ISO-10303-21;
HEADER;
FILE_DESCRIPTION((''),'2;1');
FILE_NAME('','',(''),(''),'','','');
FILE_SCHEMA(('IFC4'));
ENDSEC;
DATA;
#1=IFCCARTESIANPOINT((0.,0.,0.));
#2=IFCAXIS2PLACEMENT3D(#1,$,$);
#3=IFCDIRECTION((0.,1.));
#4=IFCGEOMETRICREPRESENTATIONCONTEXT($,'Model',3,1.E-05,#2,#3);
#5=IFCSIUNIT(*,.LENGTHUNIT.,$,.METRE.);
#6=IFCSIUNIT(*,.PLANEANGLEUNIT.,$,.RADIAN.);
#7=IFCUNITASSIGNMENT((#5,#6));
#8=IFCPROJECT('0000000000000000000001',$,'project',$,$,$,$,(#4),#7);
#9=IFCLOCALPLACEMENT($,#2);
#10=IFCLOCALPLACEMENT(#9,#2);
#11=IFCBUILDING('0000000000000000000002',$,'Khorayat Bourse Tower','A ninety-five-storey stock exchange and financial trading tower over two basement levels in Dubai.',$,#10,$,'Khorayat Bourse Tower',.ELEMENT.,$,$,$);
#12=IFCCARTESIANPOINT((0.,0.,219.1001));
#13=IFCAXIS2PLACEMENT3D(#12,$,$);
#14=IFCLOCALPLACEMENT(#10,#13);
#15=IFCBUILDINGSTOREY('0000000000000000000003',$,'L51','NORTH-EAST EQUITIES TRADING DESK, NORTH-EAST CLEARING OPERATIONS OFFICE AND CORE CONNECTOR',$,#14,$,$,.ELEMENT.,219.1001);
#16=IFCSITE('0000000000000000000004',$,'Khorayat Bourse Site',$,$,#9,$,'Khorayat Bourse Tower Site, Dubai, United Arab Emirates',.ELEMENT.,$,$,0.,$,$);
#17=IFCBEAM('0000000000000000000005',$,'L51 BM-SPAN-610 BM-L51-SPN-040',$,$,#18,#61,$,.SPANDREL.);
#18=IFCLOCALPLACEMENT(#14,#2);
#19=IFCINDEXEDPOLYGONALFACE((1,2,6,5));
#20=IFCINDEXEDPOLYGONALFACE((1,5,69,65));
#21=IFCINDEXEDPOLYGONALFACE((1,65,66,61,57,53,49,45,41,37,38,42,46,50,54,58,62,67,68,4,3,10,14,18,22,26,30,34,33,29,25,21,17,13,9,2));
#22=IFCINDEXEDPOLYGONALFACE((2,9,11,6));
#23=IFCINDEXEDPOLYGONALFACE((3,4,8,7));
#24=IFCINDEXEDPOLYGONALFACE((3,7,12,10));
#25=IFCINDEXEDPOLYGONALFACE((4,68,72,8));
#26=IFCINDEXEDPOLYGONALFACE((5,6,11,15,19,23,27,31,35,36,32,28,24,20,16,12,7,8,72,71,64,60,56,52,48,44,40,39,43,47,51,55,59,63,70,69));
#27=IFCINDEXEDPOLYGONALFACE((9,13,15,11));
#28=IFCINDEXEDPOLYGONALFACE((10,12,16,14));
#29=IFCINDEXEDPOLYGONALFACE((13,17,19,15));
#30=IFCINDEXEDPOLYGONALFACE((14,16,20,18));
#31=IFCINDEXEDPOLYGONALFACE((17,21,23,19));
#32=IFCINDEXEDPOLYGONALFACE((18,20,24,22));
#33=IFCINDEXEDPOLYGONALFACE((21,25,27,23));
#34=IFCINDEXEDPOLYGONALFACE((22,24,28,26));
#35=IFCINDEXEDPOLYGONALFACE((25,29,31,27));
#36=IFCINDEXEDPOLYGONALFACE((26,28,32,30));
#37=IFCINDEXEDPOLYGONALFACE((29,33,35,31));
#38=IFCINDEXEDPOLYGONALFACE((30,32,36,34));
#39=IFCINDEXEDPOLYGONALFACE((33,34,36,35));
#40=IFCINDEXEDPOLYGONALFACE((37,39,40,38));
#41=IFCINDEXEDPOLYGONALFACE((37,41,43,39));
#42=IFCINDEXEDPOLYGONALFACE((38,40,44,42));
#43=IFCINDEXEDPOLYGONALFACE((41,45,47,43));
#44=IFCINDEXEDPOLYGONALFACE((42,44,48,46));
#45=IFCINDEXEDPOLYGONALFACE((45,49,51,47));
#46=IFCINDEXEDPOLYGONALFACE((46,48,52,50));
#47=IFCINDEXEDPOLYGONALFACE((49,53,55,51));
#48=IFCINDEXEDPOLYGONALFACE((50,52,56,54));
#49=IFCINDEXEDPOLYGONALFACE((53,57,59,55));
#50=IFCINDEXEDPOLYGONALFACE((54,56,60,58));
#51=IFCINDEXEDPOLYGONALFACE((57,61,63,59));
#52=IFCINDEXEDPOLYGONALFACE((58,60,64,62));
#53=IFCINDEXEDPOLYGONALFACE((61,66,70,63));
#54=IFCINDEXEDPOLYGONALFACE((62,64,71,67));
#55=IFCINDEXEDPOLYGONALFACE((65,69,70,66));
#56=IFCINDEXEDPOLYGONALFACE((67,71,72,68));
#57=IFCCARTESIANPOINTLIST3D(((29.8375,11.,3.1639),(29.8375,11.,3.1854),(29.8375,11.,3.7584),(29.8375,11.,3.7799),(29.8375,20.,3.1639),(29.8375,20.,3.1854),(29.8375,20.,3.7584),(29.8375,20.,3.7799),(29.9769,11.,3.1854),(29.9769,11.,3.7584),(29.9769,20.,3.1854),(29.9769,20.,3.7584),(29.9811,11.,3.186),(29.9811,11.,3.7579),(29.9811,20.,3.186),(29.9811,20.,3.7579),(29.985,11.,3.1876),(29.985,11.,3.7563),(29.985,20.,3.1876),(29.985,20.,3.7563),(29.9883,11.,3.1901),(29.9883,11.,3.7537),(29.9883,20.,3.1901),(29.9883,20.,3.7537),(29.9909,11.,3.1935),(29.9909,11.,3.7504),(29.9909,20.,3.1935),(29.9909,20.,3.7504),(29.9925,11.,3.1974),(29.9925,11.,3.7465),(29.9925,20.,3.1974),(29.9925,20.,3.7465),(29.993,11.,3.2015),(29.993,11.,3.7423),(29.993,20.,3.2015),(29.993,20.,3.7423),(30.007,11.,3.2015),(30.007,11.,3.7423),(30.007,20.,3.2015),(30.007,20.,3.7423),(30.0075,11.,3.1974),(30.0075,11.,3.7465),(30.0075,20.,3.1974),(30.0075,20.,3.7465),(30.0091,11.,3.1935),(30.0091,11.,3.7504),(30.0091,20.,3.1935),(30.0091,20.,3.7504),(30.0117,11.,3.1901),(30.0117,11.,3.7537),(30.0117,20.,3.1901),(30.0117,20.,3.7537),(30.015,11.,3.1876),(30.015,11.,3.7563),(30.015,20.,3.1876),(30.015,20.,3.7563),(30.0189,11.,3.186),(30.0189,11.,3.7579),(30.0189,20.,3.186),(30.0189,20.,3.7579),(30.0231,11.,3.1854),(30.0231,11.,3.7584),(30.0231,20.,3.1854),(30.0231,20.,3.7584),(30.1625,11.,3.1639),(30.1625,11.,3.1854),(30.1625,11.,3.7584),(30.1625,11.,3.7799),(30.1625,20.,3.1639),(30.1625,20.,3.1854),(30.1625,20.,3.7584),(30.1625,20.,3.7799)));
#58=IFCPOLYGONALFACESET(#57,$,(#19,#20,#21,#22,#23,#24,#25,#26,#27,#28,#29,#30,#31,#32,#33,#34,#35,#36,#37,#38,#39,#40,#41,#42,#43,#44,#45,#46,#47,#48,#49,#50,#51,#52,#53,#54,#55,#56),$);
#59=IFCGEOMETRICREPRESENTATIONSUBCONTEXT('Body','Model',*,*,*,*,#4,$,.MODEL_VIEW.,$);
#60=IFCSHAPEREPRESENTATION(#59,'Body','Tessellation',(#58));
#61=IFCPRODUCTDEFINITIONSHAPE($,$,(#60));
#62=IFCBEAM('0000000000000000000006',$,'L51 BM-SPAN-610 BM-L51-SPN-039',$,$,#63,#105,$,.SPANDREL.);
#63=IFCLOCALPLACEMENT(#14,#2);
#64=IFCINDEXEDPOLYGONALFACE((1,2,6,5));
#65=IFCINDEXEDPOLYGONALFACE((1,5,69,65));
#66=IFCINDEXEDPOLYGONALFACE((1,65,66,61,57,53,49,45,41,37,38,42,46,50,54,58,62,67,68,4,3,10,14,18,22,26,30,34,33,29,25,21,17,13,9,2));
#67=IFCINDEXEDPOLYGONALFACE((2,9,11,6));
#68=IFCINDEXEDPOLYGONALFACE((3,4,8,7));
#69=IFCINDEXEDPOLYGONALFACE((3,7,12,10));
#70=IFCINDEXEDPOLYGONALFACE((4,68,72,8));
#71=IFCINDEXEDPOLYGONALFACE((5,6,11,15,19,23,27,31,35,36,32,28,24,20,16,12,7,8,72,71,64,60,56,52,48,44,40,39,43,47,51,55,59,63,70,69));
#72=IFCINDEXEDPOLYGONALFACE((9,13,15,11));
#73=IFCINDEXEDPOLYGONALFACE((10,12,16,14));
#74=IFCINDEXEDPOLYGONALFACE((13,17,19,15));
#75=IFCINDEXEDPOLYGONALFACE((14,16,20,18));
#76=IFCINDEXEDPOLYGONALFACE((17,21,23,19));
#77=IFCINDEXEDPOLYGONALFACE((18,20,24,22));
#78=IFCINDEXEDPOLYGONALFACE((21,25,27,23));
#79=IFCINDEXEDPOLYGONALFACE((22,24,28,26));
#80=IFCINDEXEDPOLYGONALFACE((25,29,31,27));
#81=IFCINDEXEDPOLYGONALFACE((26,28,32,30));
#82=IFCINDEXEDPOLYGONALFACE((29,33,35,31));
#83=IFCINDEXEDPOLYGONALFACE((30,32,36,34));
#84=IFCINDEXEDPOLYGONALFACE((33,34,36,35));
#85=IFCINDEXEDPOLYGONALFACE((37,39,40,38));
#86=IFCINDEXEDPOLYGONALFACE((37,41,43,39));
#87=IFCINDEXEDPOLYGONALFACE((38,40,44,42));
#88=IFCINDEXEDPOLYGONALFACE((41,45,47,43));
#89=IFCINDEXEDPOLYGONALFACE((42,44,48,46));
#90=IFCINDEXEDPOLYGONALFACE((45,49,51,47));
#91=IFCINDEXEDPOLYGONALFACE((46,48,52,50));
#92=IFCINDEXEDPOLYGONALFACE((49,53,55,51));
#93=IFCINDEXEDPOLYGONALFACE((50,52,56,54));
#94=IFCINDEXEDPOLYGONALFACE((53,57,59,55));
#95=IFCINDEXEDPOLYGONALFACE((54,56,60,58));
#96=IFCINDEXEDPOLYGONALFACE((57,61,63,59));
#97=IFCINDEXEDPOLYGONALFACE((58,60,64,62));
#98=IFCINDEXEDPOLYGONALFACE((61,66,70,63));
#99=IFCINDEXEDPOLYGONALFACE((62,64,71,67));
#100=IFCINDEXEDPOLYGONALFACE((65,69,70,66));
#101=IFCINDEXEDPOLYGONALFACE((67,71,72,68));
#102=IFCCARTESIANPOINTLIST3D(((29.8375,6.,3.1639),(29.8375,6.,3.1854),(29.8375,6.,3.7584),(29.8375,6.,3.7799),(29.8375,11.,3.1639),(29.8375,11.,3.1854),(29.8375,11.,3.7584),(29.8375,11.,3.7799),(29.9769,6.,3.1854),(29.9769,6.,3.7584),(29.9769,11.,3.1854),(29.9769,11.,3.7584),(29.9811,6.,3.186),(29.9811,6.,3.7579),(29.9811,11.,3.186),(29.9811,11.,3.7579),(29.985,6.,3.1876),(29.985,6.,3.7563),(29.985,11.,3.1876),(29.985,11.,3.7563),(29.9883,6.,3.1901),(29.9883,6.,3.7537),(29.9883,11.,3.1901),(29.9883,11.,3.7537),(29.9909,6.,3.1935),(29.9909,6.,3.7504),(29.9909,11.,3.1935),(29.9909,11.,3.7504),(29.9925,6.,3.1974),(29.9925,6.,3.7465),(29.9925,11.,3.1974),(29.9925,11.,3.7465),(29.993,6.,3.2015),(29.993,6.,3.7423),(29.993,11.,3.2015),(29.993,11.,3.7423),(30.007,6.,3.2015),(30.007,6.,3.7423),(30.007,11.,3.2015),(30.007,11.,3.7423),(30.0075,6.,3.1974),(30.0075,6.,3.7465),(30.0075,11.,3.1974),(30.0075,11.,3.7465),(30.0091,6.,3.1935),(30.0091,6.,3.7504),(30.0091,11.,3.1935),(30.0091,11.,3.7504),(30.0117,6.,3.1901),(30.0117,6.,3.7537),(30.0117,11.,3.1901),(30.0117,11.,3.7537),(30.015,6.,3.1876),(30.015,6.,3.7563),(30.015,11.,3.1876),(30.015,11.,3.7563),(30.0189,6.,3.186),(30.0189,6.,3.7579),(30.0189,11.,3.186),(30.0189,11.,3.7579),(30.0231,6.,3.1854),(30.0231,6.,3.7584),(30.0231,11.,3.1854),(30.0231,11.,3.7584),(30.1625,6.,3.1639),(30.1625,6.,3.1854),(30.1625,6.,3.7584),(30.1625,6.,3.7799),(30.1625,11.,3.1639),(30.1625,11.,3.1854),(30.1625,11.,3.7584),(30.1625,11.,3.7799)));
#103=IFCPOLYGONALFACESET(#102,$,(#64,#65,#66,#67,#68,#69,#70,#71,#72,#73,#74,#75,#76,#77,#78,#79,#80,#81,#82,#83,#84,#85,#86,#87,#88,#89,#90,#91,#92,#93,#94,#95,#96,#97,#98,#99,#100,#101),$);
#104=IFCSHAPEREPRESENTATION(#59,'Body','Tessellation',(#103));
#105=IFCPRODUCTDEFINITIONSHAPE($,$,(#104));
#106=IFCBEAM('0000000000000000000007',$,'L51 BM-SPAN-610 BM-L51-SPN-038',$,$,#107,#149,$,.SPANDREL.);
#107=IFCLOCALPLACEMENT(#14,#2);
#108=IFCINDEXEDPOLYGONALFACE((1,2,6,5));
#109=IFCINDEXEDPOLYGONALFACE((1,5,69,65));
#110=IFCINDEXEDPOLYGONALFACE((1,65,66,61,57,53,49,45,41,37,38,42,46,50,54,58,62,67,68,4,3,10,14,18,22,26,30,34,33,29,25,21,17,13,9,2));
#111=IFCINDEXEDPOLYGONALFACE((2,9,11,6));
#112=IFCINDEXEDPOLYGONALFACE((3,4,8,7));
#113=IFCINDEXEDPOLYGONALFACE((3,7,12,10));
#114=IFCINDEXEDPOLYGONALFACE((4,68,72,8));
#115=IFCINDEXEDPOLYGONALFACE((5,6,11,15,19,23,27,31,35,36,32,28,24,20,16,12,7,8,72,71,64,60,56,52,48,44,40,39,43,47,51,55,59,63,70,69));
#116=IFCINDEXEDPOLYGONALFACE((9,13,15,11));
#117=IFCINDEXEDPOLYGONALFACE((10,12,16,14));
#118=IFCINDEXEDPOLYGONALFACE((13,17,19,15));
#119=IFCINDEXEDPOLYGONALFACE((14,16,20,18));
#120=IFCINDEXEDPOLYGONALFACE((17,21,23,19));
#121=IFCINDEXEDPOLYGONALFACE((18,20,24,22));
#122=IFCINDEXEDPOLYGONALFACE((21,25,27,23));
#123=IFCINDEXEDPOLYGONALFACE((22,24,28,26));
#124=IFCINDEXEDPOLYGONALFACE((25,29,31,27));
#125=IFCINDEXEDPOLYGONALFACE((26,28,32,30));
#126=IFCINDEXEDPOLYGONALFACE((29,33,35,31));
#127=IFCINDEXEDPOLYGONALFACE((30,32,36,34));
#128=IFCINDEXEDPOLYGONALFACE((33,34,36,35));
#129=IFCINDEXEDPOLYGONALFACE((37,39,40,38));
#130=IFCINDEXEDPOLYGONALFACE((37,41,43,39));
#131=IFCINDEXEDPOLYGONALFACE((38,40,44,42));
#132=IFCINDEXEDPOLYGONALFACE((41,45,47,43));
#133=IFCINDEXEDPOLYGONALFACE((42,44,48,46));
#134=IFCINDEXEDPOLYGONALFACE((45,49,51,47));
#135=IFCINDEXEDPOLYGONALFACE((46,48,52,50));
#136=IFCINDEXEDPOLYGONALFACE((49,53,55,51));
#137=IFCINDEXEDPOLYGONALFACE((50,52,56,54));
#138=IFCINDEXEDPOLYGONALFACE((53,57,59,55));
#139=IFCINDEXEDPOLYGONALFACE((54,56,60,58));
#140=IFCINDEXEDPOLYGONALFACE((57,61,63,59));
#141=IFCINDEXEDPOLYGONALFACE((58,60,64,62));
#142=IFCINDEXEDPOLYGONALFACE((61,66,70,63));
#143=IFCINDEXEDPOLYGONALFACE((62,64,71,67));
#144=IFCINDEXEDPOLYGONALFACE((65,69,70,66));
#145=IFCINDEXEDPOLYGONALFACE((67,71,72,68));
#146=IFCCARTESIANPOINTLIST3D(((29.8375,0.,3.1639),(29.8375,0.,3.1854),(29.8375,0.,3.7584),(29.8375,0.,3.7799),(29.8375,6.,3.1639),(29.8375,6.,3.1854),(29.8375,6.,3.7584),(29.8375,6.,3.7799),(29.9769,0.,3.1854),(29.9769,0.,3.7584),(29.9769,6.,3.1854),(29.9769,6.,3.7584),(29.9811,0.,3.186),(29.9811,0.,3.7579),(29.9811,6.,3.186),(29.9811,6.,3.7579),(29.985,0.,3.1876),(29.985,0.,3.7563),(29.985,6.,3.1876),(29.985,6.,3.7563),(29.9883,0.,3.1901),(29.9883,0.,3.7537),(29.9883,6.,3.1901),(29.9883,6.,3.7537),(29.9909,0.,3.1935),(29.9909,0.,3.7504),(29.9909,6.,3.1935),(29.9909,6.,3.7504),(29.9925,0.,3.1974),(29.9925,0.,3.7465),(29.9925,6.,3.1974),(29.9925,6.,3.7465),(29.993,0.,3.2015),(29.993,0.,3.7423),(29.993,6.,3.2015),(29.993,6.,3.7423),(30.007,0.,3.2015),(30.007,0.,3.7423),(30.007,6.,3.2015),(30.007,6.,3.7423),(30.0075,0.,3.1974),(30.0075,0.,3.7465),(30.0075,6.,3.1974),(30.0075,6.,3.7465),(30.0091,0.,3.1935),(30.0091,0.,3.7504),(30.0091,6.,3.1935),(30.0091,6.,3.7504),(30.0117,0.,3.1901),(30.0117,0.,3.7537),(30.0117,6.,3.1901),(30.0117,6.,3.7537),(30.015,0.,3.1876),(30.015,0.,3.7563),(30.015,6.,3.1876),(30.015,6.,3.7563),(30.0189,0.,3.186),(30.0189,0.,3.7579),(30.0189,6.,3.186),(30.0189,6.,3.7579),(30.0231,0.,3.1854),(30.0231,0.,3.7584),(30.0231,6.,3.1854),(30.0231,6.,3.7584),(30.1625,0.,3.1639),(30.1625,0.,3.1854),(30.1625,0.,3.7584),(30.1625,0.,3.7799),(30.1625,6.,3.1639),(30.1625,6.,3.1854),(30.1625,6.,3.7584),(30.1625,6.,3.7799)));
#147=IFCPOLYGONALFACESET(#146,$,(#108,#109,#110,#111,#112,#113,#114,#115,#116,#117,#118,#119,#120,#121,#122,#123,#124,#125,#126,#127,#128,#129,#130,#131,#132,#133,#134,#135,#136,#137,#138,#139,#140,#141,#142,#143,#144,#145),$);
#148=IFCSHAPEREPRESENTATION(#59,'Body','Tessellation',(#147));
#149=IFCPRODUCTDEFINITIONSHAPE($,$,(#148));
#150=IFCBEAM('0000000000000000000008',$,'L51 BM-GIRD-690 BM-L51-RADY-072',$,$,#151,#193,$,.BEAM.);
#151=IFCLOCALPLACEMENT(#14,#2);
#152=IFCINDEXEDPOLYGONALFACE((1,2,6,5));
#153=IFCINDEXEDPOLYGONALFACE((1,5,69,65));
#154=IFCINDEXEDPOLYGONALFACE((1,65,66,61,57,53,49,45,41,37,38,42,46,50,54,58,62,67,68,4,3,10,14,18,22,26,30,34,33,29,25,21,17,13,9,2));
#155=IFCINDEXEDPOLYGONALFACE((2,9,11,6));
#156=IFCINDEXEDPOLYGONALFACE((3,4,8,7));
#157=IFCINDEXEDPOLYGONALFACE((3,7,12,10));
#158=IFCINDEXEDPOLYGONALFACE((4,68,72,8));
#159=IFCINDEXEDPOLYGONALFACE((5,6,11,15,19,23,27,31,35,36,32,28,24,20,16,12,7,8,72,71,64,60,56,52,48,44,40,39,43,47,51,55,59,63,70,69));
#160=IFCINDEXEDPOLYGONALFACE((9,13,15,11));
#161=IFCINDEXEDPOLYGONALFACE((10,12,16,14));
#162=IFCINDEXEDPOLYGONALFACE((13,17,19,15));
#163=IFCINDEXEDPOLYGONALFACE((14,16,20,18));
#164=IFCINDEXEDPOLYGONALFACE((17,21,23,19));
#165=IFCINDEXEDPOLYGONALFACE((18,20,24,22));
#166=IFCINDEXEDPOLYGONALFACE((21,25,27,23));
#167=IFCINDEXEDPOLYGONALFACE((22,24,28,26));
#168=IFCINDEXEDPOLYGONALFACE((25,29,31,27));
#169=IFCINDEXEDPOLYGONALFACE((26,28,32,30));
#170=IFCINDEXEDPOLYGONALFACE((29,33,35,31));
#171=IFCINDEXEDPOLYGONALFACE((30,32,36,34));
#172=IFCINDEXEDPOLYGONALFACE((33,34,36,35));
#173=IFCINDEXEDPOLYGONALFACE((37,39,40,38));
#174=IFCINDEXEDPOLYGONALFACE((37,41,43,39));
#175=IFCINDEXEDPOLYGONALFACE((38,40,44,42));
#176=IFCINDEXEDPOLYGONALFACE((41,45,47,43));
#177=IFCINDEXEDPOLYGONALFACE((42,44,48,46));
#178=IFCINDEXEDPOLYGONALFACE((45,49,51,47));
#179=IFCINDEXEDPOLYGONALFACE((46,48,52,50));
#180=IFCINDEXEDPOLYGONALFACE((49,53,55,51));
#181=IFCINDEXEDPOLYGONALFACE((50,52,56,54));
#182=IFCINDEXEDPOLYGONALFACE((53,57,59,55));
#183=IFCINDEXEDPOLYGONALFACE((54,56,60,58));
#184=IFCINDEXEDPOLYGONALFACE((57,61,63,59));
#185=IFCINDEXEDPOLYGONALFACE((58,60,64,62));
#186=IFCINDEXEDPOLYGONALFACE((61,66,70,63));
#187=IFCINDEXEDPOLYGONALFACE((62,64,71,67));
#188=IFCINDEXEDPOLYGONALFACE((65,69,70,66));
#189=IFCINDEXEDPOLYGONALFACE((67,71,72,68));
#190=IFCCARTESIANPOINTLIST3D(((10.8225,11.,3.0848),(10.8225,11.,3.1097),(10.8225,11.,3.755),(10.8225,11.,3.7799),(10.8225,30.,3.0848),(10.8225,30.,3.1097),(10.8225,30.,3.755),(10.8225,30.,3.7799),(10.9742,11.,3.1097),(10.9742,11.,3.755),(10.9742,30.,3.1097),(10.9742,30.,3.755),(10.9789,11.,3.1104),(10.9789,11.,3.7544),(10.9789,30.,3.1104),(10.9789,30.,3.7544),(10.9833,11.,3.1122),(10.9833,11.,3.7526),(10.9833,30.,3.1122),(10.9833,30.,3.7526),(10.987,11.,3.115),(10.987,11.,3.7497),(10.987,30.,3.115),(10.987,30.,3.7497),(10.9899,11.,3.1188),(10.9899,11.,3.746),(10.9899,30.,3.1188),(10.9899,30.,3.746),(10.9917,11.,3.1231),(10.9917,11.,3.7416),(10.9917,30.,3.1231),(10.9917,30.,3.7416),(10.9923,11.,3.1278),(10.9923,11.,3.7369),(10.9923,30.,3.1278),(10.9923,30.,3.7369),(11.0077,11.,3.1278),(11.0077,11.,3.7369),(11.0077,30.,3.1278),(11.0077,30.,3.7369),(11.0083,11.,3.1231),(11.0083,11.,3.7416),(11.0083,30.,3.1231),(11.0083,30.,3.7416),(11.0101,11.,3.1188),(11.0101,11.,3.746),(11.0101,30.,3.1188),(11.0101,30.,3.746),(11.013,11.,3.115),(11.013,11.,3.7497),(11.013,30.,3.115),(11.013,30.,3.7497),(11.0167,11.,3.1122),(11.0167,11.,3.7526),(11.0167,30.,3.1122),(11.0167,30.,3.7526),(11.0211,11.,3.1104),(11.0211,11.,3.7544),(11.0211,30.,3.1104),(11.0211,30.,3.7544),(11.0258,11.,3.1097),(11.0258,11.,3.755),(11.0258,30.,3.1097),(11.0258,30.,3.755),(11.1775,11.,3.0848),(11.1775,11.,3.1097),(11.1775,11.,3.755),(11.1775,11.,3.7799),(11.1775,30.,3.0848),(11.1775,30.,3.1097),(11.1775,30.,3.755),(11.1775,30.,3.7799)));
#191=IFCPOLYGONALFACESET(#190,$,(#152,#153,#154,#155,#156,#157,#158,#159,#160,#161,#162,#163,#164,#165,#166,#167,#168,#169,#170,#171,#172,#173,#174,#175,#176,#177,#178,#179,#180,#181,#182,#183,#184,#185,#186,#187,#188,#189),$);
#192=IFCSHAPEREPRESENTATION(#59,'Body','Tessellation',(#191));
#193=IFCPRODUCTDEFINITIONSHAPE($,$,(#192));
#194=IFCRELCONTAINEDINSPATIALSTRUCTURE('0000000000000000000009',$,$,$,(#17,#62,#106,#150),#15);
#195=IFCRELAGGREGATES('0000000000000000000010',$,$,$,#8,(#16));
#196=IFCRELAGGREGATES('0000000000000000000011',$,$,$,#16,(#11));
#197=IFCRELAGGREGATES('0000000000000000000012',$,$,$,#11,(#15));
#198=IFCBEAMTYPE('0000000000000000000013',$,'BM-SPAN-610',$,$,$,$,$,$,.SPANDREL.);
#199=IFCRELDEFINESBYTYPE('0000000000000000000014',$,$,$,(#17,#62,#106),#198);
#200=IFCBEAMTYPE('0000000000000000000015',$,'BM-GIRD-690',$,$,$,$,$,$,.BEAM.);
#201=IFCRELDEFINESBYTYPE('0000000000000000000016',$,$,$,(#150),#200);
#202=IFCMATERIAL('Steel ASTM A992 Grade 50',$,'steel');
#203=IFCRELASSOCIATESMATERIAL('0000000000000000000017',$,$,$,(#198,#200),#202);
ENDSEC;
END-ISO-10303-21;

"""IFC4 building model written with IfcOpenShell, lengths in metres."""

from ifc_helpers import new_model, si_unit, direction, frame, origin, origin_2d, place, context, subcontext, project, spatial, i_section, extrude, source, transform, mapped, material, material_profile, profile_set, type_object, element, save


model = new_model("IFC4")

# Units and contexts
model_context = context("Model", 3, precision=1e-05, world=origin(), true_north=direction((0.0, 1.0)))
body_context = subcontext(model_context, "Body", "Model", "MODEL_VIEW")
ifc_project = project(units=[si_unit("LENGTHUNIT", "METRE"), si_unit("PLANEANGLEUNIT", "RADIAN")], contexts=[model_context])

# Site, building, storey
site_placement = place(None, origin())
site = spatial("IfcSite", under=ifc_project, at=site_placement, Name="Khorayat Bourse Site", LongName="Khorayat Bourse Tower Site, Dubai, United Arab Emirates", CompositionType="ELEMENT", RefElevation=0.0)
building_placement = place(site_placement, origin())
building = spatial("IfcBuilding", under=site, at=building_placement, Name="Khorayat Bourse Tower", Description="A ninety-five-storey stock exchange and financial trading tower over two basement levels in Dubai.", LongName="Khorayat Bourse Tower", CompositionType="ELEMENT")
storey_placement = place(building_placement, frame((0.0, 0.0, 219.1001)))
storey = spatial("IfcBuildingStorey", under=building, at=storey_placement, Name="L51", Description="NORTH-EAST EQUITIES TRADING DESK, NORTH-EAST CLEARING OPERATIONS OFFICE AND CORE CONNECTOR", CompositionType="ELEMENT", Elevation=219.1001)

# Beams
ifc_material_1 = material(Name="Steel ASTM A992 Grade 50", Category="steel")
ifc_material_profile_1 = material_profile(ifc_material_1, i_section(OverallWidth=0.325, OverallDepth=0.616, WebThickness=0.0139, FlangeThickness=0.0215, FilletRadius=0.0161, at=origin_2d()), Name="W610X174")
ifc_profile_set_1 = profile_set([ifc_material_profile_1], Name="Steel ASTM A992 Grade 50")
beam_type_1 = type_object("IfcBeamType", Name="BM-SPAN-610", PredefinedType="SPANDREL", material=ifc_profile_set_1)
shared_shape_1 = source(origin(), body_context, "Body", "SweptSolid", [
    extrude(i_section(OverallWidth=0.325, OverallDepth=0.616, WebThickness=0.0139, FlangeThickness=0.0215, FilletRadius=0.0161, at=origin_2d()), origin(), (0.0, 0.0, 1.0), 9.0),
])
beam_1_placement = place(storey_placement, frame((30.0, 11.0, 3.4719), z_axis=(0.0, 1.0, 0.0), x_axis=(-1.0, 0.0, 0.0)))
element("IfcBeam", 1, at=beam_1_placement, inside=storey, type_object=beam_type_1, Name="L51 BM-SPAN-610 BM-L51-SPN-040", PredefinedType="SPANDREL", context=body_context, shape_type="MappedRepresentation", body=[
    mapped(shared_shape_1, transform((0.0, 0.0, 0.0), scale=1.0)),
])
shared_shape_2 = source(origin(), body_context, "Body", "SweptSolid", [
    extrude(i_section(OverallWidth=0.325, OverallDepth=0.616, WebThickness=0.0139, FlangeThickness=0.0215, FilletRadius=0.0161, at=origin_2d()), origin(), (0.0, 0.0, 1.0), 5.0),
])
beam_2_placement = place(storey_placement, frame((30.0, 6.0, 3.4719), z_axis=(0.0, 1.0, 0.0), x_axis=(-1.0, 0.0, 0.0)))
element("IfcBeam", 2, at=beam_2_placement, inside=storey, type_object=beam_type_1, Name="L51 BM-SPAN-610 BM-L51-SPN-039", PredefinedType="SPANDREL", context=body_context, shape_type="MappedRepresentation", body=[
    mapped(shared_shape_2, transform((0.0, 0.0, 0.0), scale=1.0)),
])
shared_shape_3 = source(origin(), body_context, "Body", "SweptSolid", [
    extrude(i_section(OverallWidth=0.325, OverallDepth=0.616, WebThickness=0.0139, FlangeThickness=0.0215, FilletRadius=0.0161, at=origin_2d()), origin(), (0.0, 0.0, 1.0), 6.0),
])
beam_3_placement = place(storey_placement, frame((30.0, 0.0, 3.4719), z_axis=(0.0, 1.0, 0.0), x_axis=(-1.0, 0.0, 0.0)))
element("IfcBeam", 3, at=beam_3_placement, inside=storey, type_object=beam_type_1, Name="L51 BM-SPAN-610 BM-L51-SPN-038", PredefinedType="SPANDREL", context=body_context, shape_type="MappedRepresentation", body=[
    mapped(shared_shape_3, transform((0.0, 0.0, 0.0), scale=1.0)),
])
ifc_material_profile_2 = material_profile(ifc_material_1, i_section(OverallWidth=0.355, OverallDepth=0.6951, WebThickness=0.0154, FlangeThickness=0.0249, FilletRadius=0.0181, at=origin_2d()), Name="W690X217")
ifc_profile_set_2 = profile_set([ifc_material_profile_2], Name="Steel ASTM A992 Grade 50")
beam_type_2 = type_object("IfcBeamType", Name="BM-GIRD-690", PredefinedType="BEAM", material=ifc_profile_set_2)
shared_shape_4 = source(origin(), body_context, "Body", "SweptSolid", [
    extrude(i_section(OverallWidth=0.355, OverallDepth=0.6951, WebThickness=0.0154, FlangeThickness=0.0249, FilletRadius=0.0181, at=origin_2d()), origin(), (0.0, 0.0, 1.0), 19.0),
])
for number, where, z_axis, x_axis, name in (
    (4, (11.0, 11.0, 3.4324), (0.0, 1.0, 0.0), (-1.0, 0.0, 0.0), "L51 BM-GIRD-690 BM-L51-RADY-072"),
):
    element("IfcBeam", number, at=place(storey_placement, frame(where, z_axis=z_axis, x_axis=x_axis)), inside=storey, type_object=beam_type_2, Name=name, PredefinedType="BEAM", context=body_context, shape_type="MappedRepresentation", body=[
        mapped(shared_shape_4, transform((0.0, 0.0, 0.0), scale=1.0)),
    ])

save(model, "model.ifc")
